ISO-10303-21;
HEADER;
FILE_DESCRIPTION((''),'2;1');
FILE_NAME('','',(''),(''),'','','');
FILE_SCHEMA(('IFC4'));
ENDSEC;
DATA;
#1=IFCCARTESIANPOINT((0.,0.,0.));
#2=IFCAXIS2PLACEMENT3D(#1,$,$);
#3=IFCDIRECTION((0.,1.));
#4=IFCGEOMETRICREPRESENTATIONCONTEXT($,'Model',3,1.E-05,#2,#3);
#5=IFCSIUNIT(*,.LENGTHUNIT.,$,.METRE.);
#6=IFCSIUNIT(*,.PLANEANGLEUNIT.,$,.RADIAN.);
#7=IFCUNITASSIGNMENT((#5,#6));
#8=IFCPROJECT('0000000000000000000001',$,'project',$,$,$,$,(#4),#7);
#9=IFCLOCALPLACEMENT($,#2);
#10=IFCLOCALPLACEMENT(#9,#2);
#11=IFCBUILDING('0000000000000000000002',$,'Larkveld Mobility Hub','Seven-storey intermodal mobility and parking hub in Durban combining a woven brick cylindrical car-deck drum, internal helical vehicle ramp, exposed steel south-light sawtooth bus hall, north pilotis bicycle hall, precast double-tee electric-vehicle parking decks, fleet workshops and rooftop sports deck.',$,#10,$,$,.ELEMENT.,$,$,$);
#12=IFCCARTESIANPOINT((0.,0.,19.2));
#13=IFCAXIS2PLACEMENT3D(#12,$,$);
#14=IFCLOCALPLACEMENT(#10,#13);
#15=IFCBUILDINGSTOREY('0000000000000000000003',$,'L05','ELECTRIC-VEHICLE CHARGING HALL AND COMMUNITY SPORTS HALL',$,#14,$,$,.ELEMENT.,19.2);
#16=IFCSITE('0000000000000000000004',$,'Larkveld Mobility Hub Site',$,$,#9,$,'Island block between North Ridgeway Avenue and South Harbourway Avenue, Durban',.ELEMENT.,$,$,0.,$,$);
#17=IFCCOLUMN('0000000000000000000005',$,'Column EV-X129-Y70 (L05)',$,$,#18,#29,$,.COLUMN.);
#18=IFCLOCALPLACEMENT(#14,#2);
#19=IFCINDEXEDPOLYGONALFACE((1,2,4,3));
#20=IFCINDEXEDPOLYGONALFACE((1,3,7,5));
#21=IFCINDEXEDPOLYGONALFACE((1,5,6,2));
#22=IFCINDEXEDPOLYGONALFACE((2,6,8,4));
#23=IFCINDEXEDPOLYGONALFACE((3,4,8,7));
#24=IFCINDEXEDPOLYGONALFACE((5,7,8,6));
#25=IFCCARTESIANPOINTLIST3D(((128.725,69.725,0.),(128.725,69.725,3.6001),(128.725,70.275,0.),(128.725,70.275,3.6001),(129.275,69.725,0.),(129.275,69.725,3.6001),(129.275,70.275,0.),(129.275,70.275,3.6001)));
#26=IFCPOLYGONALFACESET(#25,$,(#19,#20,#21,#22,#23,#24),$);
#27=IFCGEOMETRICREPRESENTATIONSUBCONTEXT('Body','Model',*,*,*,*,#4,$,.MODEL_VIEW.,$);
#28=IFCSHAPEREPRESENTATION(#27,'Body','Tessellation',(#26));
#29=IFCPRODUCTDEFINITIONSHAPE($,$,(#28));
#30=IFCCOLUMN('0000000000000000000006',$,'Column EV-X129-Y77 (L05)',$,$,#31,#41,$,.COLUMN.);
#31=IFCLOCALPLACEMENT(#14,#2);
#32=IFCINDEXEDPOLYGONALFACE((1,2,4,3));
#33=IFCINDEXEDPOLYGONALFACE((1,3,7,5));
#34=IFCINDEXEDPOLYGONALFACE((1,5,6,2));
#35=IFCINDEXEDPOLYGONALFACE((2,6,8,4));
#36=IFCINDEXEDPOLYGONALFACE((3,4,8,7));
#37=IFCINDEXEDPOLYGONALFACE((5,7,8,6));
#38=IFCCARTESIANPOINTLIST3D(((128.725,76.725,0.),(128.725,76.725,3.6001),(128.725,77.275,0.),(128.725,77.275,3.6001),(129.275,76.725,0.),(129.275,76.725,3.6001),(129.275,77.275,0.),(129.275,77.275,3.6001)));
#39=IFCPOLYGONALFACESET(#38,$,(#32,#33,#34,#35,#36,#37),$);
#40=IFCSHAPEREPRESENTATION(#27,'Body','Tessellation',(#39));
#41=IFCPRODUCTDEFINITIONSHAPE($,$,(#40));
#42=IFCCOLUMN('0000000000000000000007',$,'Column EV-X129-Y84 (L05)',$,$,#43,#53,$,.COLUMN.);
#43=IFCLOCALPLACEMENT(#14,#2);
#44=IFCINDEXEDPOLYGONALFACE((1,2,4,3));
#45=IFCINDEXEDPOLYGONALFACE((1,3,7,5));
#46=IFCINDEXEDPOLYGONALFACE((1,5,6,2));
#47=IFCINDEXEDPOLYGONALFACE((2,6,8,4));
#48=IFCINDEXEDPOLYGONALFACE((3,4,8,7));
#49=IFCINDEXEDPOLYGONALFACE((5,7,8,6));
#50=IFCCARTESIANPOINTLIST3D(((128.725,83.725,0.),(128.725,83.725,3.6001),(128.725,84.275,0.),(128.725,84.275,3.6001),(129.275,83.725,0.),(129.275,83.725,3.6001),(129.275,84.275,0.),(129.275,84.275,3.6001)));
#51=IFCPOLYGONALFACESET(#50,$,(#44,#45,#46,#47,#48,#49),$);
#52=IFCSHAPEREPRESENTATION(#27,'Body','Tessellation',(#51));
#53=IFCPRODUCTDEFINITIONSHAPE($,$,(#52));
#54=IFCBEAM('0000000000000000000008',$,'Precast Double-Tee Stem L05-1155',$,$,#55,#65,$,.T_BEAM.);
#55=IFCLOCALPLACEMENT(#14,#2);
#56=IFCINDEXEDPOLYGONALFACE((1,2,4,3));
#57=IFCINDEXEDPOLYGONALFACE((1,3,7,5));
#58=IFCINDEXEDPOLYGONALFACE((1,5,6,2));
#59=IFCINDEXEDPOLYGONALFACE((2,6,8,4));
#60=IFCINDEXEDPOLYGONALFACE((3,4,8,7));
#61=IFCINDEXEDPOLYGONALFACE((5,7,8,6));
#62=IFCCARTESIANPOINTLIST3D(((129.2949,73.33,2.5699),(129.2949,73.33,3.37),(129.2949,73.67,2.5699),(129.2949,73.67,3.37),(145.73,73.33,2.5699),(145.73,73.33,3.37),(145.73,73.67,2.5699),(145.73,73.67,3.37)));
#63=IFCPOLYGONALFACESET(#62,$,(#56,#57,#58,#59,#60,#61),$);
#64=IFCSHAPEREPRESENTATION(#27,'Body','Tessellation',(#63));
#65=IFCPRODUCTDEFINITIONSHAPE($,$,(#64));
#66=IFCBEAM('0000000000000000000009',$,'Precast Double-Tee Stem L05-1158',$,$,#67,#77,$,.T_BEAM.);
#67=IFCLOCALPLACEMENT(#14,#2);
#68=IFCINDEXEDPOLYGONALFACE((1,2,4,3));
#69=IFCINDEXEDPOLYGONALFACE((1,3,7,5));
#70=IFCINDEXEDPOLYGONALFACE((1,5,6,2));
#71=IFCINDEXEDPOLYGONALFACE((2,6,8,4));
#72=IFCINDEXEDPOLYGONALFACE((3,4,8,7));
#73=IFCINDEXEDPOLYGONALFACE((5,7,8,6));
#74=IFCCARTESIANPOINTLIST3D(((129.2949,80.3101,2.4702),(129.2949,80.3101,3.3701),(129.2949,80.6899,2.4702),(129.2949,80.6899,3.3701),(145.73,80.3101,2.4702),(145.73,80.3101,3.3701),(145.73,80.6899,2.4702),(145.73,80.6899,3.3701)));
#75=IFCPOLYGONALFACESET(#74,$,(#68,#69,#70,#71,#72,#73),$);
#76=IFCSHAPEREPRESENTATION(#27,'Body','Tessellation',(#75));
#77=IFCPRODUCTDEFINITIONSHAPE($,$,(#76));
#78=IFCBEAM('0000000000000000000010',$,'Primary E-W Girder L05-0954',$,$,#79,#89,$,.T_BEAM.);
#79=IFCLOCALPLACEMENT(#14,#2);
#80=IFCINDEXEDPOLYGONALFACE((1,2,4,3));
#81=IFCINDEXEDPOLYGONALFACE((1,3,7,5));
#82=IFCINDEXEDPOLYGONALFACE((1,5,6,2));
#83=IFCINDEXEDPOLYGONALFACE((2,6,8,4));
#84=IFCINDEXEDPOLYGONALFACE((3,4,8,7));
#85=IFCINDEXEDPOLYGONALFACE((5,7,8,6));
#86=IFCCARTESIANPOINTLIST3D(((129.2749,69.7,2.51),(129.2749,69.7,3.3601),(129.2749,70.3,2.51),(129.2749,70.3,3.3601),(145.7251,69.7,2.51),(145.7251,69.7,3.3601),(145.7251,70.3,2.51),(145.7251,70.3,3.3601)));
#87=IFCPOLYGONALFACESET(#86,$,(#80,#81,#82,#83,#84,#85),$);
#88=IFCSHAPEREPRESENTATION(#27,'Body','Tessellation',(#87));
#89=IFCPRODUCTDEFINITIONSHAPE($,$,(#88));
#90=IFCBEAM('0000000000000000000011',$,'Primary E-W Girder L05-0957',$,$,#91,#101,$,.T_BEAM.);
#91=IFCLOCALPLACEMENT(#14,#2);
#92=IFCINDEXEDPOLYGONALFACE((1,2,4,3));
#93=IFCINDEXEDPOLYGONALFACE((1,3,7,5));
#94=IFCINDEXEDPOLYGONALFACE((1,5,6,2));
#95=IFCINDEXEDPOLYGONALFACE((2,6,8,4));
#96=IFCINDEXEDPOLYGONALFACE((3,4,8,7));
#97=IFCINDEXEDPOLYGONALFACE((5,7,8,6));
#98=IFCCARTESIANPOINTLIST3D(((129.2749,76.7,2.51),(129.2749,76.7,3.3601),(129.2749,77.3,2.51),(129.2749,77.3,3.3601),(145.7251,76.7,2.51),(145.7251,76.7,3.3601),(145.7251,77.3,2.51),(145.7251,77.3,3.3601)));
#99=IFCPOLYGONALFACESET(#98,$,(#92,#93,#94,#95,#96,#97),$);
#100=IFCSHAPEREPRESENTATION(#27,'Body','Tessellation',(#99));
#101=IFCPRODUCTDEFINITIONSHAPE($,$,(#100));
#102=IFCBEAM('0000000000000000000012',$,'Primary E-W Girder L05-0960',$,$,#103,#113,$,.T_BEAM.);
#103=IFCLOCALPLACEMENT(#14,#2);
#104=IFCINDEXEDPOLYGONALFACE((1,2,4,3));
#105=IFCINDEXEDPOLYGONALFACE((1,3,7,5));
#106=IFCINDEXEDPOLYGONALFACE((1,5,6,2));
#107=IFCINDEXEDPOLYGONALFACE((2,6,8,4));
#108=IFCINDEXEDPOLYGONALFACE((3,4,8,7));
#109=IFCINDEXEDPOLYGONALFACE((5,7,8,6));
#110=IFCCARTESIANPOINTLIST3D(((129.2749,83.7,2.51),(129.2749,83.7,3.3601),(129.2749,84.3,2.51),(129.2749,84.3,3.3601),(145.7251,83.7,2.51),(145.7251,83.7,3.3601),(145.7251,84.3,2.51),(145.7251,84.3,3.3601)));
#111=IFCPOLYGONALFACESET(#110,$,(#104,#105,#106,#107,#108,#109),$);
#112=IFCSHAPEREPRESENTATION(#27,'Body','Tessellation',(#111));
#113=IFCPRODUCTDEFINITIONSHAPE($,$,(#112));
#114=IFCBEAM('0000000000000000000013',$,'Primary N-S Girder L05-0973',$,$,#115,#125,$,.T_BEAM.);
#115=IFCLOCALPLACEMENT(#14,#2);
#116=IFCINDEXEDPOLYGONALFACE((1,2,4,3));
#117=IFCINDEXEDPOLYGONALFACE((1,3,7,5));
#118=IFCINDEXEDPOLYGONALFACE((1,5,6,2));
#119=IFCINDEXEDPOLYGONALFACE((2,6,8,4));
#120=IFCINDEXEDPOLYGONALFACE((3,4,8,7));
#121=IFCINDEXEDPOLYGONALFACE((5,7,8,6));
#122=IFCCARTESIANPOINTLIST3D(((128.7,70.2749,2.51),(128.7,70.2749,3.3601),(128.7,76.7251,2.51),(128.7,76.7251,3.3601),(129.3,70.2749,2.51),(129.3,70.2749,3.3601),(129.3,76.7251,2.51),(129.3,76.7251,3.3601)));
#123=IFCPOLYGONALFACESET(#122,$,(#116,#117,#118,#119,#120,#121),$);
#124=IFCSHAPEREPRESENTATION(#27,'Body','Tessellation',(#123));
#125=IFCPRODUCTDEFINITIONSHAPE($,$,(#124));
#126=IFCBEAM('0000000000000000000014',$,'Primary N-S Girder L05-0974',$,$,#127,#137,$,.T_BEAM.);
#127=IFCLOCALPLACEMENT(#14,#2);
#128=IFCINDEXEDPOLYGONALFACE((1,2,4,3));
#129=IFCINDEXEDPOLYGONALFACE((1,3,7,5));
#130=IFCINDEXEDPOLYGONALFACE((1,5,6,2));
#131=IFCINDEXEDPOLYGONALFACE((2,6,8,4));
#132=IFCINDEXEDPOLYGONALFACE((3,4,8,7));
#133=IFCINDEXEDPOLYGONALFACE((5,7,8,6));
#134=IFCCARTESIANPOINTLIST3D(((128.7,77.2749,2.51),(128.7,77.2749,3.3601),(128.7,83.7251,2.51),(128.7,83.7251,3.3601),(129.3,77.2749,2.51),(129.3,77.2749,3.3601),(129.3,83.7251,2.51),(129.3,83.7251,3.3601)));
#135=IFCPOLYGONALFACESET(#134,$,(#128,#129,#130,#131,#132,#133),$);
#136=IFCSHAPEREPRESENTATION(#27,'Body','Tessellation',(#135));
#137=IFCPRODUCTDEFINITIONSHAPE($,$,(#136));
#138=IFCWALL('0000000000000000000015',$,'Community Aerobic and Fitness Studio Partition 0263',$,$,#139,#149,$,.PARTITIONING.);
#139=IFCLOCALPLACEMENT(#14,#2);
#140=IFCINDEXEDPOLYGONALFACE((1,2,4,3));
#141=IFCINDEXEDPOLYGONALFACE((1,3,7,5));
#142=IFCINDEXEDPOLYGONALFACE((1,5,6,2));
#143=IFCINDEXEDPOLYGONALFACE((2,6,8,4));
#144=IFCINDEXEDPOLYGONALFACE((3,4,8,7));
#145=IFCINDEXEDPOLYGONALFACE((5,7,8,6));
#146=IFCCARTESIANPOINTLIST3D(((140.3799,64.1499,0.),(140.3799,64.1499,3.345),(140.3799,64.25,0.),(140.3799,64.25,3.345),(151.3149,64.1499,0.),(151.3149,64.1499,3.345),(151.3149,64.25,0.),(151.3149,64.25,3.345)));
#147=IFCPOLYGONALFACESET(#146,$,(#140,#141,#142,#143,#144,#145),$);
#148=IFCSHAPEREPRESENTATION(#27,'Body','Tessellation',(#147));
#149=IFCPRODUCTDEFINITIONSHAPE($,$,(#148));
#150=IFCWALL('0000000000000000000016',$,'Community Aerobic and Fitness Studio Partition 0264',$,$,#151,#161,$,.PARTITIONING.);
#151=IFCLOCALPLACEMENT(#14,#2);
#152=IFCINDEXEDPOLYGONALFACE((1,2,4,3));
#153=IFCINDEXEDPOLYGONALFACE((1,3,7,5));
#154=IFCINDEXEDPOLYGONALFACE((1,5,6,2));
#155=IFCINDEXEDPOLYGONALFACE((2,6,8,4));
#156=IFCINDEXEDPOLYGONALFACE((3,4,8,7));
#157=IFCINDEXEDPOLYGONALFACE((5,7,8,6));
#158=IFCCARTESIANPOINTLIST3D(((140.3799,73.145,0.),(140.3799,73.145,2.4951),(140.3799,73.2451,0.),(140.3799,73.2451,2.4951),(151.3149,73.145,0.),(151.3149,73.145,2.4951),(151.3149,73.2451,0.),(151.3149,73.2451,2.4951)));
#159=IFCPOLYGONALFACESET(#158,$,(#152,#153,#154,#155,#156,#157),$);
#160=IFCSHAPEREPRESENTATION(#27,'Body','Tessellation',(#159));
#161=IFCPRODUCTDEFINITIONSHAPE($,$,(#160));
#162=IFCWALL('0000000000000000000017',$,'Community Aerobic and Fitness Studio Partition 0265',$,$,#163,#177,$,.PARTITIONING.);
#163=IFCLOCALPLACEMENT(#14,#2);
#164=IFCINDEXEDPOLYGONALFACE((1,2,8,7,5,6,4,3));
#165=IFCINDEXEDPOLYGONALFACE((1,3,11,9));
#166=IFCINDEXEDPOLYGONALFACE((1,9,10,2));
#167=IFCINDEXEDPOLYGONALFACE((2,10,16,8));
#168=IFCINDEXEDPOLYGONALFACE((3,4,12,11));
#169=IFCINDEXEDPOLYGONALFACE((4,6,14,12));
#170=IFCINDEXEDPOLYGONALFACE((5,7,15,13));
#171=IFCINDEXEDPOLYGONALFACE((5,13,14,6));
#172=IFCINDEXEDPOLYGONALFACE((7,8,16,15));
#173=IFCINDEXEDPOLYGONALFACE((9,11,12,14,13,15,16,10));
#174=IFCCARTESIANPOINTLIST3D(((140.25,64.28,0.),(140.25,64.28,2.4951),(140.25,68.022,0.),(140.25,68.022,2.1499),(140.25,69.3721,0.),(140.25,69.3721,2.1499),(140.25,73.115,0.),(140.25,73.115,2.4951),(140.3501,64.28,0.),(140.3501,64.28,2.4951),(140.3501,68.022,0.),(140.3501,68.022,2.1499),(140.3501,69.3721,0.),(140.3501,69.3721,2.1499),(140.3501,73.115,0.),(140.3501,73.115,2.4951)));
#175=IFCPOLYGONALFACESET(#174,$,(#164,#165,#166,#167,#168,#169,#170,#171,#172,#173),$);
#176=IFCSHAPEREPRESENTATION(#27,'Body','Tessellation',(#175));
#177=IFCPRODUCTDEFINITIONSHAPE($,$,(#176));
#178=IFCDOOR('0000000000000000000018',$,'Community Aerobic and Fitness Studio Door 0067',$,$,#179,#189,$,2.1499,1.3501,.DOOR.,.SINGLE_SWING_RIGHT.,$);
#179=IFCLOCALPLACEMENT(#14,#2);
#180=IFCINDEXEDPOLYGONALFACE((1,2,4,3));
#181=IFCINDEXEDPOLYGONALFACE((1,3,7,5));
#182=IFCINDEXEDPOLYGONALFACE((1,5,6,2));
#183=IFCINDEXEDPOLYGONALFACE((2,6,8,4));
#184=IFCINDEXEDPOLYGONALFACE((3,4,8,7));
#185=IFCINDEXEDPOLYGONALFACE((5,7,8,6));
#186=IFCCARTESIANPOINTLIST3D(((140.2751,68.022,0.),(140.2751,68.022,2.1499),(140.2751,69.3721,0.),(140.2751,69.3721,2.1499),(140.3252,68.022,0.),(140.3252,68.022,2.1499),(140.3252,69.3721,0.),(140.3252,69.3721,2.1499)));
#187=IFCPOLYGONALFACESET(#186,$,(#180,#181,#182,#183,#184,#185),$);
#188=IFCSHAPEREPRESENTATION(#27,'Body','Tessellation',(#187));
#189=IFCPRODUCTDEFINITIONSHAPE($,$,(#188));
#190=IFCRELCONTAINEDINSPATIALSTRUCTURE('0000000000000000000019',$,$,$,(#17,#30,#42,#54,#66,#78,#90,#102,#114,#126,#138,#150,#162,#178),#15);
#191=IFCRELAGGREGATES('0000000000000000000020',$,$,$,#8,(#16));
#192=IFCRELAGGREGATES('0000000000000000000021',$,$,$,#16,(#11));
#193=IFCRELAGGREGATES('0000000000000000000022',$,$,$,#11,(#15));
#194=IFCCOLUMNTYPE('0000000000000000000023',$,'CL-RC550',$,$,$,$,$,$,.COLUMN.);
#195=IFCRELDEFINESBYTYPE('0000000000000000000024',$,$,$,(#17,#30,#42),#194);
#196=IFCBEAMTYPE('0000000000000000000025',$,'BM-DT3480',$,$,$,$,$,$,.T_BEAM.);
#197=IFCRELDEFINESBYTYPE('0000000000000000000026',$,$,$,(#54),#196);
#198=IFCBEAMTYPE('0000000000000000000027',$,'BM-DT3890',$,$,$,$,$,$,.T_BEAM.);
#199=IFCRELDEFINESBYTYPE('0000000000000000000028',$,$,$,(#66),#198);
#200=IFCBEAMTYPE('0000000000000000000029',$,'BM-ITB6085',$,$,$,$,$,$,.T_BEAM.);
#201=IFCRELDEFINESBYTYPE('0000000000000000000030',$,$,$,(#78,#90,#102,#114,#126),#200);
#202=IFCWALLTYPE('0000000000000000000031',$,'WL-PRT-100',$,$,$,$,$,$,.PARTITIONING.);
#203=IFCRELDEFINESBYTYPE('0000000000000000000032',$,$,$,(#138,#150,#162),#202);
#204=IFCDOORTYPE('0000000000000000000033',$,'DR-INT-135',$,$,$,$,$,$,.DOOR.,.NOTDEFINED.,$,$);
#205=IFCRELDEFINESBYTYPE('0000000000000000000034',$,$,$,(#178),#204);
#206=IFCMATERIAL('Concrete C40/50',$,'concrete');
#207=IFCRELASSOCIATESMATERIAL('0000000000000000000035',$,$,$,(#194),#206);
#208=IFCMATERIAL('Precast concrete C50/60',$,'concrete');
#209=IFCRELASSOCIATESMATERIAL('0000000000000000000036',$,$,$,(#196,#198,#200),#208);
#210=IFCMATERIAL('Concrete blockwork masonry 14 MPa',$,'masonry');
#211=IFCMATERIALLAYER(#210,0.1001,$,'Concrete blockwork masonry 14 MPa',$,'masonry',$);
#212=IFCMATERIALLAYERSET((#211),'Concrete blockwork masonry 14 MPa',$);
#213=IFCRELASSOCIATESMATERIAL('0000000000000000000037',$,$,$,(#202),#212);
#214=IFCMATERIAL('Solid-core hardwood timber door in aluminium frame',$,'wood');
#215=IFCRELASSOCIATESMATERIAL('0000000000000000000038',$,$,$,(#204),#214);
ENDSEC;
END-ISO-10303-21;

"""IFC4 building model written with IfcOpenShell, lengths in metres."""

from ifc_helpers import new_model, si_unit, direction, frame, frame_2d, origin, origin_2d, place, context, subcontext, project, spatial, rectangle, extrude, material, layer, layer_set, material_profile, profile_set, type_object, element, fill, save


model = new_model("IFC4")

# Units and contexts
model_context = context("Model", 3, precision=1e-05, world=origin(), true_north=direction((0.0, 1.0)))
body_context = subcontext(model_context, "Body", "Model", "MODEL_VIEW")
ifc_project = project(units=[si_unit("LENGTHUNIT", "METRE"), si_unit("PLANEANGLEUNIT", "RADIAN")], contexts=[model_context])

# Site, building, storey
site_placement = place(None, origin())
site = spatial("IfcSite", under=ifc_project, at=site_placement, Name="Larkveld Mobility Hub Site", LongName="Island block between North Ridgeway Avenue and South Harbourway Avenue, Durban", CompositionType="ELEMENT", RefElevation=0.0)
building_placement = place(site_placement, origin())
building = spatial("IfcBuilding", under=site, at=building_placement, Name="Larkveld Mobility Hub", Description="Seven-storey intermodal mobility and parking hub in Durban combining a woven brick cylindrical car-deck drum, internal helical vehicle ramp, exposed steel south-light sawtooth bus hall, north pilotis bicycle hall, precast double-tee electric-vehicle parking decks, fleet workshops and rooftop sports deck.", CompositionType="ELEMENT")
storey_placement = place(building_placement, frame((0.0, 0.0, 19.2)))
storey = spatial("IfcBuildingStorey", under=building, at=storey_placement, Name="L05", Description="ELECTRIC-VEHICLE CHARGING HALL AND COMMUNITY SPORTS HALL", CompositionType="ELEMENT", Elevation=19.2)

# Columns
ifc_material_1 = material(Name="Concrete C40/50", Category="concrete")
ifc_material_profile_1 = material_profile(ifc_material_1, rectangle(XDim=0.55, YDim=0.55, at=origin_2d()), Name="RC COL 550x550")
ifc_profile_set_1 = profile_set([ifc_material_profile_1], Name="Concrete C40/50")
column_type = type_object("IfcColumnType", Name="CL-RC550", PredefinedType="COLUMN", material=ifc_profile_set_1)
for number, where, z_axis, x_axis, name in (
    (1, (129.0, 70.0, 0.0), (0.0, 0.0, 1.0), (1.0, 0.0, 0.0), "Column EV-X129-Y70 (L05)"),
    (2, (129.0, 77.0, 0.0), (0.0, 0.0, 1.0), (1.0, 0.0, 0.0), "Column EV-X129-Y77 (L05)"),
    (3, (129.0, 84.0, 0.0), (0.0, 0.0, 1.0), (1.0, 0.0, 0.0), "Column EV-X129-Y84 (L05)"),
):
    element("IfcColumn", number, at=place(storey_placement, frame(where, z_axis=z_axis, x_axis=x_axis)), inside=storey, type_object=column_type, Name=name, PredefinedType="COLUMN", context=body_context, shape_type="SweptSolid", body=[
        extrude(rectangle(XDim=0.55, YDim=0.55, at=origin_2d()), origin(), (0.0, 0.0, 1.0), 3.6001),
    ])

# Beams
ifc_material_2 = material(Name="Precast concrete C50/60", Category="concrete")
ifc_material_profile_2 = material_profile(ifc_material_2, rectangle(XDim=0.3401, YDim=0.8, at=origin_2d()), Name="PC DT 340x800")
ifc_profile_set_2 = profile_set([ifc_material_profile_2], Name="Precast concrete C50/60")
beam_type_1 = type_object("IfcBeamType", Name="BM-DT3480", PredefinedType="T_BEAM", material=ifc_profile_set_2)
beam_1_placement = place(storey_placement, frame((129.2949, 73.5, 2.97), z_axis=(1.0, 0.0, 0.0), x_axis=(0.0, 1.0, 0.0)))
element("IfcBeam", 4, at=beam_1_placement, inside=storey, type_object=beam_type_1, Name="Precast Double-Tee Stem L05-1155", PredefinedType="T_BEAM", context=body_context, shape_type="SweptSolid", body=[
    extrude(rectangle(XDim=0.3401, YDim=0.8, at=origin_2d()), origin(), (0.0, 0.0, 1.0), 16.4351),
])
ifc_material_profile_3 = material_profile(ifc_material_2, rectangle(XDim=0.3799, YDim=0.8999, at=origin_2d()), Name="PC DT 380x900")
ifc_profile_set_3 = profile_set([ifc_material_profile_3], Name="Precast concrete C50/60")
beam_type_2 = type_object("IfcBeamType", Name="BM-DT3890", PredefinedType="T_BEAM", material=ifc_profile_set_3)
beam_2_placement = place(storey_placement, frame((129.2949, 80.5, 2.9202), z_axis=(1.0, 0.0, 0.0), x_axis=(0.0, 1.0, 0.0)))
element("IfcBeam", 5, at=beam_2_placement, inside=storey, type_object=beam_type_2, Name="Precast Double-Tee Stem L05-1158", PredefinedType="T_BEAM", context=body_context, shape_type="SweptSolid", body=[
    extrude(rectangle(XDim=0.3799, YDim=0.8999, at=origin_2d()), origin(), (0.0, 0.0, 1.0), 16.4351),
])
ifc_material_profile_4 = material_profile(ifc_material_2, rectangle(XDim=0.6001, YDim=0.8501, at=origin_2d()), Name="PC ITB 600x850")
ifc_profile_set_4 = profile_set([ifc_material_profile_4], Name="Precast concrete C50/60")
beam_type_3 = type_object("IfcBeamType", Name="BM-ITB6085", PredefinedType="T_BEAM", material=ifc_profile_set_4)
for number, where, z_axis, x_axis, name in (
    (6, (129.2749, 70.0, 2.9351), (1.0, 0.0, 0.0), (0.0, 1.0, 0.0), "Primary E-W Girder L05-0954"),
    (7, (129.2749, 77.0, 2.9351), (1.0, 0.0, 0.0), (0.0, 1.0, 0.0), "Primary E-W Girder L05-0957"),
    (8, (129.2749, 84.0, 2.9351), (1.0, 0.0, 0.0), (0.0, 1.0, 0.0), "Primary E-W Girder L05-0960"),
):
    element("IfcBeam", number, at=place(storey_placement, frame(where, z_axis=z_axis, x_axis=x_axis)), inside=storey, type_object=beam_type_3, Name=name, PredefinedType="T_BEAM", context=body_context, shape_type="SweptSolid", body=[
        extrude(rectangle(XDim=0.6001, YDim=0.8501, at=origin_2d()), origin(), (0.0, 0.0, 1.0), 16.4502),
    ])
for number, where, z_axis, x_axis, name in (
    (9, (129.0, 70.2749, 2.9351), (0.0, 1.0, 0.0), (-1.0, 0.0, 0.0), "Primary N-S Girder L05-0973"),
    (10, (129.0, 77.2749, 2.9351), (0.0, 1.0, 0.0), (-1.0, 0.0, 0.0), "Primary N-S Girder L05-0974"),
):
    element("IfcBeam", number, at=place(storey_placement, frame(where, z_axis=z_axis, x_axis=x_axis)), inside=storey, type_object=beam_type_3, Name=name, PredefinedType="T_BEAM", context=body_context, shape_type="SweptSolid", body=[
        extrude(rectangle(XDim=0.6001, YDim=0.8501, at=origin_2d()), origin(), (0.0, 0.0, 1.0), 6.4502),
    ])

# Walls
ifc_material_3 = material(Name="Concrete blockwork masonry 14 MPa", Category="masonry")
ifc_layer_1 = layer(ifc_material_3, 0.1001, Name="Concrete blockwork masonry 14 MPa", Category="masonry")
ifc_layer_set_1 = layer_set([ifc_layer_1], Name="Concrete blockwork masonry 14 MPa")
wall_type_1 = type_object("IfcWallType", Name="WL-PRT-100", PredefinedType="PARTITIONING", material=ifc_layer_set_1)
wall_1_placement = place(storey_placement, frame((140.3799, 64.2, 0.0), z_axis=(0.0, 0.0, 1.0), x_axis=(1.0, 0.0, 0.0)))
element("IfcWall", 11, at=wall_1_placement, inside=storey, type_object=wall_type_1, Name="Community Aerobic and Fitness Studio Partition 0263", PredefinedType="PARTITIONING", context=body_context, shape_type="SweptSolid", body=[
    extrude(rectangle(XDim=10.9351, YDim=0.1001, at=frame_2d((5.4675, 0.0))), origin(), (0.0, 0.0, 1.0), 3.345),
])
wall_2_placement = place(storey_placement, frame((140.3799, 73.1951, 0.0), z_axis=(0.0, 0.0, 1.0), x_axis=(1.0, 0.0, 0.0)))
element("IfcWall", 12, at=wall_2_placement, inside=storey, type_object=wall_type_1, Name="Community Aerobic and Fitness Studio Partition 0264", PredefinedType="PARTITIONING", context=body_context, shape_type="SweptSolid", body=[
    extrude(rectangle(XDim=10.9351, YDim=0.1001, at=frame_2d((5.4675, 0.0))), origin(), (0.0, 0.0, 1.0), 2.4951),
])

# Wall, opening, door
wall_3_placement = place(storey_placement, frame((140.3, 64.28, 0.0), z_axis=(0.0, 0.0, 1.0), x_axis=(0.0, 1.0, 0.0)))
wall_3 = element("IfcWall", 13, at=wall_3_placement, inside=storey, type_object=wall_type_1, Name="Community Aerobic and Fitness Studio Partition 0265", PredefinedType="PARTITIONING", context=body_context, shape_type="SweptSolid", body=[
    extrude(rectangle(XDim=8.835, YDim=0.1001, at=frame_2d((4.4175, 0.0))), origin(), (0.0, 0.0, 1.0), 2.4951),
])
opening_1_placement = place(wall_3_placement, frame((3.7419, 0.0, 0.0)))
opening_1 = element("IfcOpeningElement", 14, at=opening_1_placement, cuts=wall_3, PredefinedType="OPENING", context=body_context, shape_type="SweptSolid", body=[
    extrude(rectangle(XDim=1.3501, YDim=2.1499, at=frame_2d((0.675, 1.075))), frame((0.0, 0.0601, 0.0), z_axis=(0.0, -1.0, 0.0), x_axis=(1.0, 0.0, 0.0)), (0.0, 0.0, 1.0), 0.1201),
])
ifc_material_4 = material(Name="Solid-core hardwood timber door in aluminium frame", Category="wood")
door_type_1 = type_object("IfcDoorType", Name="DR-INT-135", OperationType="NOTDEFINED", PredefinedType="DOOR", material=ifc_material_4)
door_1_placement = place(opening_1_placement, origin())
door_1 = element("IfcDoor", 15, at=door_1_placement, inside=storey, type_object=door_type_1, Name="Community Aerobic and Fitness Studio Door 0067", OperationType="SINGLE_SWING_RIGHT", OverallHeight=2.1499, OverallWidth=1.3501, PredefinedType="DOOR", context=body_context, shape_type="SweptSolid", body=[
    extrude(rectangle(XDim=1.3501, YDim=2.1499, at=frame_2d((0.675, 1.075))), frame((0.0, 0.0249, 0.0), z_axis=(0.0, -1.0, 0.0), x_axis=(1.0, 0.0, 0.0)), (0.0, 0.0, 1.0), 0.05),
])
fill(opening_1, door_1)

save(model, "model.ifc")
